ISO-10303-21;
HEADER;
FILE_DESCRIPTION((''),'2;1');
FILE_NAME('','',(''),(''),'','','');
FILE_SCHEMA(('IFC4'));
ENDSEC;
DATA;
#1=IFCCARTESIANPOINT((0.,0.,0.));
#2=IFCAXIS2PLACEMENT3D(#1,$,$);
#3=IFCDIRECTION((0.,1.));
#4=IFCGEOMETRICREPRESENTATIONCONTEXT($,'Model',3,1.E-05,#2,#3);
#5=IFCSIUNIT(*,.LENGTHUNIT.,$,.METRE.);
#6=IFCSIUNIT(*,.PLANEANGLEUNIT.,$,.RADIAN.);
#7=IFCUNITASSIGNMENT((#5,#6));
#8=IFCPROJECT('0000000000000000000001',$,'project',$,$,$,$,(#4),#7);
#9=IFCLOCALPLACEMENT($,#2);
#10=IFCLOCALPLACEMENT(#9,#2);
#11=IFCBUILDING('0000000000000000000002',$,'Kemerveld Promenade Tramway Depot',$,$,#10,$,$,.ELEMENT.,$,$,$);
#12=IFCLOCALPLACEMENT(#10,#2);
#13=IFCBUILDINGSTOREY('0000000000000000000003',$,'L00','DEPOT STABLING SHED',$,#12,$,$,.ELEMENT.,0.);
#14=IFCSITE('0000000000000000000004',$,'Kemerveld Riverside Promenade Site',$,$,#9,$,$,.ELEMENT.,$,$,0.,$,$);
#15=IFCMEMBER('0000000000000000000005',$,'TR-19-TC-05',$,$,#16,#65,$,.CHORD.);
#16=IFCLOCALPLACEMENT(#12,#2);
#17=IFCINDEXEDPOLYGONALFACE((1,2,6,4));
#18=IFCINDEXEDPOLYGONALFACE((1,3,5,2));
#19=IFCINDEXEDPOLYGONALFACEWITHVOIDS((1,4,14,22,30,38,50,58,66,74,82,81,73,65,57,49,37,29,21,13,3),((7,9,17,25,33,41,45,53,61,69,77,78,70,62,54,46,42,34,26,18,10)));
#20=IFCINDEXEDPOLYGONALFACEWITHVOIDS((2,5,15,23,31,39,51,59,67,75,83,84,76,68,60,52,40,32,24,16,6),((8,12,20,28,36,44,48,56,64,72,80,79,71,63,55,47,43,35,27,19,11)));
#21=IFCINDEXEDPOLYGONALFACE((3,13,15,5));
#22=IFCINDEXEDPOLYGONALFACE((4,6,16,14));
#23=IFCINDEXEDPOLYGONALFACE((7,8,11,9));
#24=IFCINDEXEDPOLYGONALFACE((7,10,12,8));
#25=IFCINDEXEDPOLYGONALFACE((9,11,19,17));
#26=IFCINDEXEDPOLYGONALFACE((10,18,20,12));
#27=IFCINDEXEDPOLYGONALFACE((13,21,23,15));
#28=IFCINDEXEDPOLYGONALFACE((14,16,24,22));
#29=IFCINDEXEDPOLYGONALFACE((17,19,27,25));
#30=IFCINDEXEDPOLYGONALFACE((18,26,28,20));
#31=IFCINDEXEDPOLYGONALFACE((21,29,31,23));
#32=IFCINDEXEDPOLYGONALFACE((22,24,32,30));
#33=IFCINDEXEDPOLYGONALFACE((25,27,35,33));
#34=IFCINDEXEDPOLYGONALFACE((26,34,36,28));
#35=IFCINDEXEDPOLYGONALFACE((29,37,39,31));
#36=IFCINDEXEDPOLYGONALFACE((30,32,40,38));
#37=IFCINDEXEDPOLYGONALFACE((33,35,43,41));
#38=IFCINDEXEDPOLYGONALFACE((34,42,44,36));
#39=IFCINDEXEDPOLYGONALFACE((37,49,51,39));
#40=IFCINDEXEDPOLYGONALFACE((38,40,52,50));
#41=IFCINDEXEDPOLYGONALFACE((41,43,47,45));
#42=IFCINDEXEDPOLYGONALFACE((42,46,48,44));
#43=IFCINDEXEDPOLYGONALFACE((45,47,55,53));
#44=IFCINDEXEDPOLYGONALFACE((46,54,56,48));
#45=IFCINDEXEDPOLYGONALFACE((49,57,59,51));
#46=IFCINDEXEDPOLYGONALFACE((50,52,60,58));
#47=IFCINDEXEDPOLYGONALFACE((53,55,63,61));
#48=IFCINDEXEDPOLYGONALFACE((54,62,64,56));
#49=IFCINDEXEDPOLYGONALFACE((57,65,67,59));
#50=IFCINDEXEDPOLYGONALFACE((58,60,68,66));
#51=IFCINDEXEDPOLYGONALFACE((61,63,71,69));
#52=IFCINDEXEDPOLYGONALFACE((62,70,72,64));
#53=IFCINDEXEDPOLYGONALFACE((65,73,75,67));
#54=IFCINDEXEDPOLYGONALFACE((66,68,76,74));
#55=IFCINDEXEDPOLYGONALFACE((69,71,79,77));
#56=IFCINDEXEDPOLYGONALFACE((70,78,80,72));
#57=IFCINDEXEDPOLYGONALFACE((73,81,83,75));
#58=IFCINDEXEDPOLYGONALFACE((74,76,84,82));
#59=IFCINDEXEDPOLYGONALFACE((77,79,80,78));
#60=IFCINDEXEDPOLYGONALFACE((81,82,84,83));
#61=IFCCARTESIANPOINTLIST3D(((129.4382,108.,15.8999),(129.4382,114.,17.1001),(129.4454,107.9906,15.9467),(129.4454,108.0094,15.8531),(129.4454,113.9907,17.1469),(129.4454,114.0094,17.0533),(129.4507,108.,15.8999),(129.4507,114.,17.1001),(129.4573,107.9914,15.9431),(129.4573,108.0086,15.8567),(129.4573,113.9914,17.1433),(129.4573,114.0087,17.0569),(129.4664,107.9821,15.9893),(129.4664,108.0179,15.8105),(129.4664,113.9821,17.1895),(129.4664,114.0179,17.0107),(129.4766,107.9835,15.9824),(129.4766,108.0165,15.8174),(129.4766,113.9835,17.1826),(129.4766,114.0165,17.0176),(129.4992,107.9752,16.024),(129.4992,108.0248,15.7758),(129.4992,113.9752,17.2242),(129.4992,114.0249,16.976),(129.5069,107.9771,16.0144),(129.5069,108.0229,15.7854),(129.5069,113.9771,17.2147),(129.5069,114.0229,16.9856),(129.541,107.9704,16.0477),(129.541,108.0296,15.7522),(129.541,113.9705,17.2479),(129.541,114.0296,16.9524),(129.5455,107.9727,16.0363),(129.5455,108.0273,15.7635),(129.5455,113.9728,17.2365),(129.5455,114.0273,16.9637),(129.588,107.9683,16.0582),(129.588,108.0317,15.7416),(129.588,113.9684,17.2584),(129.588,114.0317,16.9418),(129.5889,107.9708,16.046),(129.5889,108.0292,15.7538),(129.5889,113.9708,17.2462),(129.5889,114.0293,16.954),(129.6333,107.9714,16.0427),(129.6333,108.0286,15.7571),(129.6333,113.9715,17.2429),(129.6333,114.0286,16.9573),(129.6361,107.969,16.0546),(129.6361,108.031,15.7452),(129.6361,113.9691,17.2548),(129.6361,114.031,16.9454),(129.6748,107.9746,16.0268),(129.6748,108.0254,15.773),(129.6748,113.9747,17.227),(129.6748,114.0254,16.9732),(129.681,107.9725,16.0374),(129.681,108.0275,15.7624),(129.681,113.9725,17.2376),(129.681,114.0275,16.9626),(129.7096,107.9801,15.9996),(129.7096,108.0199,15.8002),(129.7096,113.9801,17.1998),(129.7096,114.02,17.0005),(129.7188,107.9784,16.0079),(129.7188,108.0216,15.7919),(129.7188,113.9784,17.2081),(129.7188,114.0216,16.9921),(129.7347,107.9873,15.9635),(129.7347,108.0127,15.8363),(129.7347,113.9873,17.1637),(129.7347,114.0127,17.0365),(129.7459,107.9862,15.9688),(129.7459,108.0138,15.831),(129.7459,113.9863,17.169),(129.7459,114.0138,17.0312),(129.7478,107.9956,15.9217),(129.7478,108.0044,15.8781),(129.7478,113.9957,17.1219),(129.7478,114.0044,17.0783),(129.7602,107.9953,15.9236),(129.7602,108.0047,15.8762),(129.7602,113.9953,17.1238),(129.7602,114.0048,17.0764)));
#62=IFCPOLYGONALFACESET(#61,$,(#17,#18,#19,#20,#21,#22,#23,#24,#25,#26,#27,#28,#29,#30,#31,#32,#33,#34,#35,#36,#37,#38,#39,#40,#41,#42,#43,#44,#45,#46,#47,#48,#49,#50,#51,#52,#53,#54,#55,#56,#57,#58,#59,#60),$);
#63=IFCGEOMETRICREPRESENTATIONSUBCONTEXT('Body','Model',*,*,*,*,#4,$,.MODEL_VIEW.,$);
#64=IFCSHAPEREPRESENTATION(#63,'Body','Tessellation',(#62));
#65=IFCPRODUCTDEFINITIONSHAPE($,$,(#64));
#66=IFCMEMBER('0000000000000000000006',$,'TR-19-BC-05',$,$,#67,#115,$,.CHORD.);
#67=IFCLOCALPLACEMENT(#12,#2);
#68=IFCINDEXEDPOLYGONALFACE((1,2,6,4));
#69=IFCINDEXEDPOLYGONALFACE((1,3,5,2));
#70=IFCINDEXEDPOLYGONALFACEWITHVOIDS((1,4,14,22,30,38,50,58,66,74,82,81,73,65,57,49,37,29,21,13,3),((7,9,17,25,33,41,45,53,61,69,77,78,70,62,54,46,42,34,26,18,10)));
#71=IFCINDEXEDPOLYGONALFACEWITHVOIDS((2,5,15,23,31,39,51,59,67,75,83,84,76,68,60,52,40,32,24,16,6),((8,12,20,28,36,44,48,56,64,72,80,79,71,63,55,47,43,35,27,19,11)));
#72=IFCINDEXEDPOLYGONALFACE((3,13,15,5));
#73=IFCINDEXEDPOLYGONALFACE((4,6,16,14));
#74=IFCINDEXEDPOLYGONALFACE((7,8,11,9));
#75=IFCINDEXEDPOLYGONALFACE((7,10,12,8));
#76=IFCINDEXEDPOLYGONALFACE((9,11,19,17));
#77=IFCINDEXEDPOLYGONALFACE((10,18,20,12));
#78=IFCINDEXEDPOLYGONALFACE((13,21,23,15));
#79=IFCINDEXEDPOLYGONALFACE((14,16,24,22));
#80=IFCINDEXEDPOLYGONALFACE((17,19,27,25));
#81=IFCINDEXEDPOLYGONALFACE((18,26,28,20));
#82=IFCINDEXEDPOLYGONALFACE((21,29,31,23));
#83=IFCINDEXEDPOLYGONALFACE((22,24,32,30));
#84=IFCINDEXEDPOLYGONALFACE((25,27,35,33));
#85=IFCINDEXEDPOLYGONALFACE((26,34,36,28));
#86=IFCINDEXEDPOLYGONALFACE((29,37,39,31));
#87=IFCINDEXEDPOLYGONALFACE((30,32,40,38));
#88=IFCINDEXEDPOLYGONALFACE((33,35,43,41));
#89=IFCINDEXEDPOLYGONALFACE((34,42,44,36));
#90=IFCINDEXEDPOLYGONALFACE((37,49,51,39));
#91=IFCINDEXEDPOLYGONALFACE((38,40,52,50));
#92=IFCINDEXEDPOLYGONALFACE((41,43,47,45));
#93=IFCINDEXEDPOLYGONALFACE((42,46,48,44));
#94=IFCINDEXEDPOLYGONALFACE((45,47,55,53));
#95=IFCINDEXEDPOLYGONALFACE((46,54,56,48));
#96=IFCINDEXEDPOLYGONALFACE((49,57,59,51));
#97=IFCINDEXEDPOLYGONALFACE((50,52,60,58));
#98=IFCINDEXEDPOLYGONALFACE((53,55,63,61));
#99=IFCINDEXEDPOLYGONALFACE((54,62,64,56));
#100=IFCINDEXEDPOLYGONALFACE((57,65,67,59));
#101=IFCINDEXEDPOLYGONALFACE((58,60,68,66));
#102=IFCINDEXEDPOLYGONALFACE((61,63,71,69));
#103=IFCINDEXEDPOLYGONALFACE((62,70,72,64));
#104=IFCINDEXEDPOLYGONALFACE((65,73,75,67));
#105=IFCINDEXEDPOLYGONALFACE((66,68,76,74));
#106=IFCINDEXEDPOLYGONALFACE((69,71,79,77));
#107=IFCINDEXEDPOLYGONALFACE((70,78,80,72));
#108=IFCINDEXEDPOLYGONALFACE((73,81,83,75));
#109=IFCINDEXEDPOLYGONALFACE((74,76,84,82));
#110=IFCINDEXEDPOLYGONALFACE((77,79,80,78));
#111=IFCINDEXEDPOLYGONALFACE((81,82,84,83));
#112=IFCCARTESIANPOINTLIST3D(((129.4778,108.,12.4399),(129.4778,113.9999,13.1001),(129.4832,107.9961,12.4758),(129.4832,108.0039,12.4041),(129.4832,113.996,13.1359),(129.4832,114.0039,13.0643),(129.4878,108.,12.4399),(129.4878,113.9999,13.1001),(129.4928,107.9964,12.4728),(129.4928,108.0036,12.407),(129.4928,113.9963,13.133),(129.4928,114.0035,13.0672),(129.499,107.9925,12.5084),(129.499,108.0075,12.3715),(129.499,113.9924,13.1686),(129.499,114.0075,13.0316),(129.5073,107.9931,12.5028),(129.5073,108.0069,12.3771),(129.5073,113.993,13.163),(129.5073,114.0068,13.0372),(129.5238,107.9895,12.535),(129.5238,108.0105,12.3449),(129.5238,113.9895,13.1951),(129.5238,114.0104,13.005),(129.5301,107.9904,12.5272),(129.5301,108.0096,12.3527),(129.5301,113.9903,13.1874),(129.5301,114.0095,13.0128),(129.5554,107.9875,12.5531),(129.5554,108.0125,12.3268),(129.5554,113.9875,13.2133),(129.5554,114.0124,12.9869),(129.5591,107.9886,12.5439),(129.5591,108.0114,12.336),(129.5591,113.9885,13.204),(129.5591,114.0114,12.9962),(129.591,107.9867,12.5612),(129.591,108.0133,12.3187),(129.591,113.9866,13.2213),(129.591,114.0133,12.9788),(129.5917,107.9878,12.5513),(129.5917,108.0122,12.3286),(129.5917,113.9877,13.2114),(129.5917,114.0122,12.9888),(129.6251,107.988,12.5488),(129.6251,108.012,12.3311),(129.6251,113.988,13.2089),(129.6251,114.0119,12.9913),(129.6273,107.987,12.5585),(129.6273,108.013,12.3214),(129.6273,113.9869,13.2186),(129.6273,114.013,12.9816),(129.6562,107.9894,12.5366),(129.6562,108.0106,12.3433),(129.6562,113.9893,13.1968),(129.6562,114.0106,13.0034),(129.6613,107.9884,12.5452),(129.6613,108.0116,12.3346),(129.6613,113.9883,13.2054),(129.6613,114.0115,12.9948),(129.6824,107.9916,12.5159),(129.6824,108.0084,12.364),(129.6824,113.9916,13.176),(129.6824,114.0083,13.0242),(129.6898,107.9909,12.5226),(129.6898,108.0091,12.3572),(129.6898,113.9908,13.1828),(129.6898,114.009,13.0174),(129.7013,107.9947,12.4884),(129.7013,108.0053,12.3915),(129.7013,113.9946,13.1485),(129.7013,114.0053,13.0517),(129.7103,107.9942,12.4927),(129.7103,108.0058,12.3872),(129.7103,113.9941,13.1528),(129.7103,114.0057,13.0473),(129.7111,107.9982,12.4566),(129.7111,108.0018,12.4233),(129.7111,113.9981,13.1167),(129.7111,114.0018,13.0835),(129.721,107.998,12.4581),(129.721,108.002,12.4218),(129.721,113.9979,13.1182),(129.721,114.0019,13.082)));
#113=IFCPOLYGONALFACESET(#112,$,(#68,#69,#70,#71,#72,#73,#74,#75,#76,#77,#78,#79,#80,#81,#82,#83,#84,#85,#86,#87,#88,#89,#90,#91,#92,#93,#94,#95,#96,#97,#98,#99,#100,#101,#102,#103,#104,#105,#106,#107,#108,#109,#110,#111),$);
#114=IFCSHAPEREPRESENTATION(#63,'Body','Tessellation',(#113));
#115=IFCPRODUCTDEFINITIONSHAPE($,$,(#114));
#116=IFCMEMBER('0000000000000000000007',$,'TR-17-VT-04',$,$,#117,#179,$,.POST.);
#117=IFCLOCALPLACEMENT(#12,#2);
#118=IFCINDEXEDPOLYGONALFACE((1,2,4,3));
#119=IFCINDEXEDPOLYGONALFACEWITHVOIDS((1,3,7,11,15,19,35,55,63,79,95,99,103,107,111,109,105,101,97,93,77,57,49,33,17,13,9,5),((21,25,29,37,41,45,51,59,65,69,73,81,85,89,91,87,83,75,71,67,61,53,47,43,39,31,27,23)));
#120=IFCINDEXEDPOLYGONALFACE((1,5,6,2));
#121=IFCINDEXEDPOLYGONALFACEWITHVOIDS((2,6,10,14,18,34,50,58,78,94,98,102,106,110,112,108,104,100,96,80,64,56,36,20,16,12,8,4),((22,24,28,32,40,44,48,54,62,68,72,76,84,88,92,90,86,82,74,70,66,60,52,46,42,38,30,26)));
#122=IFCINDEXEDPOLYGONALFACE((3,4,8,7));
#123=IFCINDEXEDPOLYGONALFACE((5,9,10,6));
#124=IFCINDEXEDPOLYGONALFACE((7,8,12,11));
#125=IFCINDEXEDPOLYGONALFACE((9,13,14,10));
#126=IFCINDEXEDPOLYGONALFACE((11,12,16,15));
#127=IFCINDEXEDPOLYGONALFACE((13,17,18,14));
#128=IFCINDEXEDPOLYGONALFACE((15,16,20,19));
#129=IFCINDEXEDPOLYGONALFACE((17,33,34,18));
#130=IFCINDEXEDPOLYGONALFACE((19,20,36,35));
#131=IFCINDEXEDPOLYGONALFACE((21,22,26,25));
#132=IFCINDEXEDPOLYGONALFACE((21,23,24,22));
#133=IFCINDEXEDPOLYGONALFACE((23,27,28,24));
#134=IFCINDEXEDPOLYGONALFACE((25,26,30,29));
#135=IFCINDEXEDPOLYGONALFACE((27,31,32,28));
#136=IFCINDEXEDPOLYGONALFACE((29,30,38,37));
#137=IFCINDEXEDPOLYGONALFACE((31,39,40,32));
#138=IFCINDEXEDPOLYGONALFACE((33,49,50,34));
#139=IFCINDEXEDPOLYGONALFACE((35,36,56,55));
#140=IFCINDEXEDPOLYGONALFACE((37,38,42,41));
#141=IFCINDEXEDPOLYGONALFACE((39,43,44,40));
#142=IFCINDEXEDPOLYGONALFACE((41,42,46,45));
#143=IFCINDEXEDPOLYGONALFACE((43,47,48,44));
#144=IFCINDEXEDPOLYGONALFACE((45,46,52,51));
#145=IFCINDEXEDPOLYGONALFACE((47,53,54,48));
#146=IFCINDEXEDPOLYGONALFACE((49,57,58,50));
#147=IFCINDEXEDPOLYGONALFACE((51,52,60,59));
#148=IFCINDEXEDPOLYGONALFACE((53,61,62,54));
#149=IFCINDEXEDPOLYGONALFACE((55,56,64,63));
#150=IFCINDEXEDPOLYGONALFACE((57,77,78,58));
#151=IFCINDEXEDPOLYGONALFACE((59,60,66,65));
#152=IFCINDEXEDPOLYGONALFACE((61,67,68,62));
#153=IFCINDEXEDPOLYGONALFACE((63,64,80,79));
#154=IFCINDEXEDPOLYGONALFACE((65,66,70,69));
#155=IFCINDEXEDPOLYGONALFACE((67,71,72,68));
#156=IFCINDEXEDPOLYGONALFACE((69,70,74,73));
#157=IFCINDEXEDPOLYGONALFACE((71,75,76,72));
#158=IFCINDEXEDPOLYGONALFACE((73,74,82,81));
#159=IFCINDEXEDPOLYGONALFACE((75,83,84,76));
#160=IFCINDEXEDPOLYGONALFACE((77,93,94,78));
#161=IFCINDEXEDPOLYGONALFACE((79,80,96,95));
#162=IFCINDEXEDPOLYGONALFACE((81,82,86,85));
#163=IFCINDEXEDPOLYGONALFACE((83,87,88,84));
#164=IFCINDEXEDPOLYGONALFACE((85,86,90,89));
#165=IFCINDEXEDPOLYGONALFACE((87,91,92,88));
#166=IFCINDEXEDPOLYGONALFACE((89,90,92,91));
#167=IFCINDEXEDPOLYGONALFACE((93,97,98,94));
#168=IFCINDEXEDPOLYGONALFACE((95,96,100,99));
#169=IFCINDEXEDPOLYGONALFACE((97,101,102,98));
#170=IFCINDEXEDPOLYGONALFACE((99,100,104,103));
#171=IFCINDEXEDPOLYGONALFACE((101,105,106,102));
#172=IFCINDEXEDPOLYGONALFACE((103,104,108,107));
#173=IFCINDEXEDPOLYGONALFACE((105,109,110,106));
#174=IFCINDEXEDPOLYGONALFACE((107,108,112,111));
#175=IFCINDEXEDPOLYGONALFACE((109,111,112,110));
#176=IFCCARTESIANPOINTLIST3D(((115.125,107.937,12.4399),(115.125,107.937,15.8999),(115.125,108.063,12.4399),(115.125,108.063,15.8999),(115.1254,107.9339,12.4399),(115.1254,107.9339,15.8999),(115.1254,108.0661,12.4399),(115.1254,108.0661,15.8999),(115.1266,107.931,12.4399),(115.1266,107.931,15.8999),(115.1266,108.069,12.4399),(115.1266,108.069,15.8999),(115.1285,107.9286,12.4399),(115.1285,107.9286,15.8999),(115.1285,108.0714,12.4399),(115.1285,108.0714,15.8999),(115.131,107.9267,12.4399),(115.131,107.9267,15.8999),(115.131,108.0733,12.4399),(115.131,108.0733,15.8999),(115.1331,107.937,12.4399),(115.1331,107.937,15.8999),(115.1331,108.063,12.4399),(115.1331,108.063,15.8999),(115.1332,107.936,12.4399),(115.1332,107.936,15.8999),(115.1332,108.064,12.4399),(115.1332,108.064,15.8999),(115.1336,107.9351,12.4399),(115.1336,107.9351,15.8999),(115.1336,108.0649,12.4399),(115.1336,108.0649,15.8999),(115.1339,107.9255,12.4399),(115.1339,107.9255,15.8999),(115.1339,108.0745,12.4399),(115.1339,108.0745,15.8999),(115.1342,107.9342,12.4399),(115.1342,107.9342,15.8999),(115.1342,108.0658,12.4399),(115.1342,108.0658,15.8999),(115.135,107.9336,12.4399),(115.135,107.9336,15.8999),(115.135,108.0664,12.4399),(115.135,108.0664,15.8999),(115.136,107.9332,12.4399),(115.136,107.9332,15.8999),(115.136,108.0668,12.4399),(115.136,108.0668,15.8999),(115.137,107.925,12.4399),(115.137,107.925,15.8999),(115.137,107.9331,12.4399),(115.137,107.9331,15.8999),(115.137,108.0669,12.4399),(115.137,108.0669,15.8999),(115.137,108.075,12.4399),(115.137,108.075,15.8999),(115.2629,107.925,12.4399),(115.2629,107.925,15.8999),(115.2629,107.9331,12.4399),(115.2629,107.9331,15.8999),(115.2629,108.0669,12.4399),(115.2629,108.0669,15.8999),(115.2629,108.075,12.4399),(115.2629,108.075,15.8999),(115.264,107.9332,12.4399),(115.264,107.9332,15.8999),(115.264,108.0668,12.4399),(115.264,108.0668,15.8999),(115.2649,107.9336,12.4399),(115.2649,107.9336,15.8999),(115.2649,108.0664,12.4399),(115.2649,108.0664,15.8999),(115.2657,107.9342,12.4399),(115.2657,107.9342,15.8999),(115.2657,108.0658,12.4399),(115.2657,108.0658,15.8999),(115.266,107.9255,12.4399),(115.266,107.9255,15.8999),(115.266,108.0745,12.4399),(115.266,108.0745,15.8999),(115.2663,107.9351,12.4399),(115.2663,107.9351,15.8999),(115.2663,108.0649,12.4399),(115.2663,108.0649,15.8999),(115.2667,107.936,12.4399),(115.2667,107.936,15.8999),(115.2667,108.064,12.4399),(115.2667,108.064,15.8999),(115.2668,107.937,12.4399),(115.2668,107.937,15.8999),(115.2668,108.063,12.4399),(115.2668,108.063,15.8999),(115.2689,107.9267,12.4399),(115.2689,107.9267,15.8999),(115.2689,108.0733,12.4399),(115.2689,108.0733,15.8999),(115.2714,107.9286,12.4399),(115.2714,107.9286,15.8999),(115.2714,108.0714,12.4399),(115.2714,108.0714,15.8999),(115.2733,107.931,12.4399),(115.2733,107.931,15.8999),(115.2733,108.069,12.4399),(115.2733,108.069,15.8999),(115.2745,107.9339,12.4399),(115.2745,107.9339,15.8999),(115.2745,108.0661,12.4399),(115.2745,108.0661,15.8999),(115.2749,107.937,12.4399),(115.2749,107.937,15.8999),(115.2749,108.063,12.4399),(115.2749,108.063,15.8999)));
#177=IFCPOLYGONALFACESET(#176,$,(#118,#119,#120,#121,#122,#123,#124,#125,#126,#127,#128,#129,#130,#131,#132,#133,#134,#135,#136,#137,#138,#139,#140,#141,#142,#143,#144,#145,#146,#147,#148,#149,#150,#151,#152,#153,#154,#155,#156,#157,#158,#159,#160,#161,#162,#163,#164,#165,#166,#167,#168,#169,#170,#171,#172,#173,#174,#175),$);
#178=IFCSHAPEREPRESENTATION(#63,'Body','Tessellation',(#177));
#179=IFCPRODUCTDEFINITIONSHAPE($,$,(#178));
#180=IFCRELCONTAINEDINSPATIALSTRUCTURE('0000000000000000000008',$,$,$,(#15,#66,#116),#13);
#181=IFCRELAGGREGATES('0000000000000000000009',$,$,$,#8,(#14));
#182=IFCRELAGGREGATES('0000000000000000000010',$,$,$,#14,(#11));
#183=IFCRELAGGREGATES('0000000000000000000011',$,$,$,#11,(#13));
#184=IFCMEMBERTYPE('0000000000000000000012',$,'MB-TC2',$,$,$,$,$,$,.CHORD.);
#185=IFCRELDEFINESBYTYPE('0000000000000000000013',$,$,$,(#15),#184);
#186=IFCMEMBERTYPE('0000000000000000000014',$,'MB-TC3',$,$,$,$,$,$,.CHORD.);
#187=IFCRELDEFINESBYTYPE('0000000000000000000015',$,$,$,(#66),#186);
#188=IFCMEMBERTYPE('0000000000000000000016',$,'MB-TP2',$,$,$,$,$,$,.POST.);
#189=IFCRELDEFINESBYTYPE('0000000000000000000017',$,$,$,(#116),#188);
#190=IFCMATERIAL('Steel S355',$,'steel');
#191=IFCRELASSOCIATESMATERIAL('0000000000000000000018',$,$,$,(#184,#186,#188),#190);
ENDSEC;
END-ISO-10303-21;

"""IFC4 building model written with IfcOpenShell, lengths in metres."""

from ifc_helpers import new_model, si_unit, direction, frame, origin, origin_2d, place, context, subcontext, project, spatial, hollow_rectangle, hollow_circle, extrude, material, material_profile, profile_set, type_object, element, save


model = new_model("IFC4")

# Units and contexts
model_context = context("Model", 3, precision=1e-05, world=origin(), true_north=direction((0.0, 1.0)))
body_context = subcontext(model_context, "Body", "Model", "MODEL_VIEW")
ifc_project = project(units=[si_unit("LENGTHUNIT", "METRE"), si_unit("PLANEANGLEUNIT", "RADIAN")], contexts=[model_context])

# Site, building, storey
site_placement = place(None, origin())
site = spatial("IfcSite", under=ifc_project, at=site_placement, Name="Kemerveld Riverside Promenade Site", CompositionType="ELEMENT", RefElevation=0.0)
building_placement = place(site_placement, origin())
building = spatial("IfcBuilding", under=site, at=building_placement, Name="Kemerveld Promenade Tramway Depot", CompositionType="ELEMENT")
storey_placement = place(building_placement, origin())
storey = spatial("IfcBuildingStorey", under=building, at=storey_placement, Name="L00", Description="DEPOT STABLING SHED", CompositionType="ELEMENT", Elevation=0.0)

# Members
ifc_material_1 = material(Name="Steel S355", Category="steel")
ifc_material_profile_1 = material_profile(ifc_material_1, hollow_circle(Radius=0.1619, WallThickness=0.0125, at=origin_2d()), Name="323.9x12.5 CHS")
ifc_profile_set_1 = profile_set([ifc_material_profile_1], Name="Steel S355")
member_type_1 = type_object("IfcMemberType", Name="MB-TC2", PredefinedType="CHORD", material=ifc_profile_set_1)
member_1_placement = place(storey_placement, frame((129.6001, 108.0, 15.8999), z_axis=(0.0, 0.980575, 0.196147), x_axis=(-1.0, 0.0, 0.0)))
element("IfcMember", 1, at=member_1_placement, inside=storey, type_object=member_type_1, Name="TR-19-TC-05", PredefinedType="CHORD", context=body_context, shape_type="SweptSolid", body=[
    extrude(hollow_circle(Radius=0.1619, WallThickness=0.0125, at=origin_2d()), origin(), (0.0, 0.0, 1.0), 6.1189),
])
ifc_material_profile_2 = material_profile(ifc_material_1, hollow_circle(Radius=0.1223, WallThickness=0.01, at=origin_2d()), Name="244.5x10.0 CHS")
ifc_profile_set_2 = profile_set([ifc_material_profile_2], Name="Steel S355")
member_type_2 = type_object("IfcMemberType", Name="MB-TC3", PredefinedType="CHORD", material=ifc_profile_set_2)
member_2_placement = place(storey_placement, frame((129.6001, 108.0, 12.4399), z_axis=(0.0, 0.994002, 0.109366), x_axis=(-1.0, 0.0, 0.0)))
element("IfcMember", 2, at=member_2_placement, inside=storey, type_object=member_type_2, Name="TR-19-BC-05", PredefinedType="CHORD", context=body_context, shape_type="SweptSolid", body=[
    extrude(hollow_circle(Radius=0.1223, WallThickness=0.01, at=origin_2d()), origin(), (0.0, 0.0, 1.0), 6.0361),
])
ifc_material_profile_3 = material_profile(ifc_material_1, hollow_rectangle(XDim=0.1499, YDim=0.1499, WallThickness=0.0081, InnerFilletRadius=0.0039, OuterFilletRadius=0.012, at=origin_2d()), Name="150x150x8.0 SHS")
ifc_profile_set_3 = profile_set([ifc_material_profile_3], Name="Steel S355")
member_type_3 = type_object("IfcMemberType", Name="MB-TP2", PredefinedType="POST", material=ifc_profile_set_3)
member_3_placement = place(storey_placement, frame((115.2, 108.0, 12.4399), z_axis=(0.0, 0.0, 1.0), x_axis=(1.0, 0.0, 0.0)))
element("IfcMember", 3, at=member_3_placement, inside=storey, type_object=member_type_3, Name="TR-17-VT-04", PredefinedType="POST", context=body_context, shape_type="SweptSolid", body=[
    extrude(hollow_rectangle(XDim=0.1499, YDim=0.1499, WallThickness=0.0081, InnerFilletRadius=0.0039, OuterFilletRadius=0.012, at=origin_2d()), origin(), (0.0, 0.0, 1.0), 3.46),
])

save(model, "model.ifc")
